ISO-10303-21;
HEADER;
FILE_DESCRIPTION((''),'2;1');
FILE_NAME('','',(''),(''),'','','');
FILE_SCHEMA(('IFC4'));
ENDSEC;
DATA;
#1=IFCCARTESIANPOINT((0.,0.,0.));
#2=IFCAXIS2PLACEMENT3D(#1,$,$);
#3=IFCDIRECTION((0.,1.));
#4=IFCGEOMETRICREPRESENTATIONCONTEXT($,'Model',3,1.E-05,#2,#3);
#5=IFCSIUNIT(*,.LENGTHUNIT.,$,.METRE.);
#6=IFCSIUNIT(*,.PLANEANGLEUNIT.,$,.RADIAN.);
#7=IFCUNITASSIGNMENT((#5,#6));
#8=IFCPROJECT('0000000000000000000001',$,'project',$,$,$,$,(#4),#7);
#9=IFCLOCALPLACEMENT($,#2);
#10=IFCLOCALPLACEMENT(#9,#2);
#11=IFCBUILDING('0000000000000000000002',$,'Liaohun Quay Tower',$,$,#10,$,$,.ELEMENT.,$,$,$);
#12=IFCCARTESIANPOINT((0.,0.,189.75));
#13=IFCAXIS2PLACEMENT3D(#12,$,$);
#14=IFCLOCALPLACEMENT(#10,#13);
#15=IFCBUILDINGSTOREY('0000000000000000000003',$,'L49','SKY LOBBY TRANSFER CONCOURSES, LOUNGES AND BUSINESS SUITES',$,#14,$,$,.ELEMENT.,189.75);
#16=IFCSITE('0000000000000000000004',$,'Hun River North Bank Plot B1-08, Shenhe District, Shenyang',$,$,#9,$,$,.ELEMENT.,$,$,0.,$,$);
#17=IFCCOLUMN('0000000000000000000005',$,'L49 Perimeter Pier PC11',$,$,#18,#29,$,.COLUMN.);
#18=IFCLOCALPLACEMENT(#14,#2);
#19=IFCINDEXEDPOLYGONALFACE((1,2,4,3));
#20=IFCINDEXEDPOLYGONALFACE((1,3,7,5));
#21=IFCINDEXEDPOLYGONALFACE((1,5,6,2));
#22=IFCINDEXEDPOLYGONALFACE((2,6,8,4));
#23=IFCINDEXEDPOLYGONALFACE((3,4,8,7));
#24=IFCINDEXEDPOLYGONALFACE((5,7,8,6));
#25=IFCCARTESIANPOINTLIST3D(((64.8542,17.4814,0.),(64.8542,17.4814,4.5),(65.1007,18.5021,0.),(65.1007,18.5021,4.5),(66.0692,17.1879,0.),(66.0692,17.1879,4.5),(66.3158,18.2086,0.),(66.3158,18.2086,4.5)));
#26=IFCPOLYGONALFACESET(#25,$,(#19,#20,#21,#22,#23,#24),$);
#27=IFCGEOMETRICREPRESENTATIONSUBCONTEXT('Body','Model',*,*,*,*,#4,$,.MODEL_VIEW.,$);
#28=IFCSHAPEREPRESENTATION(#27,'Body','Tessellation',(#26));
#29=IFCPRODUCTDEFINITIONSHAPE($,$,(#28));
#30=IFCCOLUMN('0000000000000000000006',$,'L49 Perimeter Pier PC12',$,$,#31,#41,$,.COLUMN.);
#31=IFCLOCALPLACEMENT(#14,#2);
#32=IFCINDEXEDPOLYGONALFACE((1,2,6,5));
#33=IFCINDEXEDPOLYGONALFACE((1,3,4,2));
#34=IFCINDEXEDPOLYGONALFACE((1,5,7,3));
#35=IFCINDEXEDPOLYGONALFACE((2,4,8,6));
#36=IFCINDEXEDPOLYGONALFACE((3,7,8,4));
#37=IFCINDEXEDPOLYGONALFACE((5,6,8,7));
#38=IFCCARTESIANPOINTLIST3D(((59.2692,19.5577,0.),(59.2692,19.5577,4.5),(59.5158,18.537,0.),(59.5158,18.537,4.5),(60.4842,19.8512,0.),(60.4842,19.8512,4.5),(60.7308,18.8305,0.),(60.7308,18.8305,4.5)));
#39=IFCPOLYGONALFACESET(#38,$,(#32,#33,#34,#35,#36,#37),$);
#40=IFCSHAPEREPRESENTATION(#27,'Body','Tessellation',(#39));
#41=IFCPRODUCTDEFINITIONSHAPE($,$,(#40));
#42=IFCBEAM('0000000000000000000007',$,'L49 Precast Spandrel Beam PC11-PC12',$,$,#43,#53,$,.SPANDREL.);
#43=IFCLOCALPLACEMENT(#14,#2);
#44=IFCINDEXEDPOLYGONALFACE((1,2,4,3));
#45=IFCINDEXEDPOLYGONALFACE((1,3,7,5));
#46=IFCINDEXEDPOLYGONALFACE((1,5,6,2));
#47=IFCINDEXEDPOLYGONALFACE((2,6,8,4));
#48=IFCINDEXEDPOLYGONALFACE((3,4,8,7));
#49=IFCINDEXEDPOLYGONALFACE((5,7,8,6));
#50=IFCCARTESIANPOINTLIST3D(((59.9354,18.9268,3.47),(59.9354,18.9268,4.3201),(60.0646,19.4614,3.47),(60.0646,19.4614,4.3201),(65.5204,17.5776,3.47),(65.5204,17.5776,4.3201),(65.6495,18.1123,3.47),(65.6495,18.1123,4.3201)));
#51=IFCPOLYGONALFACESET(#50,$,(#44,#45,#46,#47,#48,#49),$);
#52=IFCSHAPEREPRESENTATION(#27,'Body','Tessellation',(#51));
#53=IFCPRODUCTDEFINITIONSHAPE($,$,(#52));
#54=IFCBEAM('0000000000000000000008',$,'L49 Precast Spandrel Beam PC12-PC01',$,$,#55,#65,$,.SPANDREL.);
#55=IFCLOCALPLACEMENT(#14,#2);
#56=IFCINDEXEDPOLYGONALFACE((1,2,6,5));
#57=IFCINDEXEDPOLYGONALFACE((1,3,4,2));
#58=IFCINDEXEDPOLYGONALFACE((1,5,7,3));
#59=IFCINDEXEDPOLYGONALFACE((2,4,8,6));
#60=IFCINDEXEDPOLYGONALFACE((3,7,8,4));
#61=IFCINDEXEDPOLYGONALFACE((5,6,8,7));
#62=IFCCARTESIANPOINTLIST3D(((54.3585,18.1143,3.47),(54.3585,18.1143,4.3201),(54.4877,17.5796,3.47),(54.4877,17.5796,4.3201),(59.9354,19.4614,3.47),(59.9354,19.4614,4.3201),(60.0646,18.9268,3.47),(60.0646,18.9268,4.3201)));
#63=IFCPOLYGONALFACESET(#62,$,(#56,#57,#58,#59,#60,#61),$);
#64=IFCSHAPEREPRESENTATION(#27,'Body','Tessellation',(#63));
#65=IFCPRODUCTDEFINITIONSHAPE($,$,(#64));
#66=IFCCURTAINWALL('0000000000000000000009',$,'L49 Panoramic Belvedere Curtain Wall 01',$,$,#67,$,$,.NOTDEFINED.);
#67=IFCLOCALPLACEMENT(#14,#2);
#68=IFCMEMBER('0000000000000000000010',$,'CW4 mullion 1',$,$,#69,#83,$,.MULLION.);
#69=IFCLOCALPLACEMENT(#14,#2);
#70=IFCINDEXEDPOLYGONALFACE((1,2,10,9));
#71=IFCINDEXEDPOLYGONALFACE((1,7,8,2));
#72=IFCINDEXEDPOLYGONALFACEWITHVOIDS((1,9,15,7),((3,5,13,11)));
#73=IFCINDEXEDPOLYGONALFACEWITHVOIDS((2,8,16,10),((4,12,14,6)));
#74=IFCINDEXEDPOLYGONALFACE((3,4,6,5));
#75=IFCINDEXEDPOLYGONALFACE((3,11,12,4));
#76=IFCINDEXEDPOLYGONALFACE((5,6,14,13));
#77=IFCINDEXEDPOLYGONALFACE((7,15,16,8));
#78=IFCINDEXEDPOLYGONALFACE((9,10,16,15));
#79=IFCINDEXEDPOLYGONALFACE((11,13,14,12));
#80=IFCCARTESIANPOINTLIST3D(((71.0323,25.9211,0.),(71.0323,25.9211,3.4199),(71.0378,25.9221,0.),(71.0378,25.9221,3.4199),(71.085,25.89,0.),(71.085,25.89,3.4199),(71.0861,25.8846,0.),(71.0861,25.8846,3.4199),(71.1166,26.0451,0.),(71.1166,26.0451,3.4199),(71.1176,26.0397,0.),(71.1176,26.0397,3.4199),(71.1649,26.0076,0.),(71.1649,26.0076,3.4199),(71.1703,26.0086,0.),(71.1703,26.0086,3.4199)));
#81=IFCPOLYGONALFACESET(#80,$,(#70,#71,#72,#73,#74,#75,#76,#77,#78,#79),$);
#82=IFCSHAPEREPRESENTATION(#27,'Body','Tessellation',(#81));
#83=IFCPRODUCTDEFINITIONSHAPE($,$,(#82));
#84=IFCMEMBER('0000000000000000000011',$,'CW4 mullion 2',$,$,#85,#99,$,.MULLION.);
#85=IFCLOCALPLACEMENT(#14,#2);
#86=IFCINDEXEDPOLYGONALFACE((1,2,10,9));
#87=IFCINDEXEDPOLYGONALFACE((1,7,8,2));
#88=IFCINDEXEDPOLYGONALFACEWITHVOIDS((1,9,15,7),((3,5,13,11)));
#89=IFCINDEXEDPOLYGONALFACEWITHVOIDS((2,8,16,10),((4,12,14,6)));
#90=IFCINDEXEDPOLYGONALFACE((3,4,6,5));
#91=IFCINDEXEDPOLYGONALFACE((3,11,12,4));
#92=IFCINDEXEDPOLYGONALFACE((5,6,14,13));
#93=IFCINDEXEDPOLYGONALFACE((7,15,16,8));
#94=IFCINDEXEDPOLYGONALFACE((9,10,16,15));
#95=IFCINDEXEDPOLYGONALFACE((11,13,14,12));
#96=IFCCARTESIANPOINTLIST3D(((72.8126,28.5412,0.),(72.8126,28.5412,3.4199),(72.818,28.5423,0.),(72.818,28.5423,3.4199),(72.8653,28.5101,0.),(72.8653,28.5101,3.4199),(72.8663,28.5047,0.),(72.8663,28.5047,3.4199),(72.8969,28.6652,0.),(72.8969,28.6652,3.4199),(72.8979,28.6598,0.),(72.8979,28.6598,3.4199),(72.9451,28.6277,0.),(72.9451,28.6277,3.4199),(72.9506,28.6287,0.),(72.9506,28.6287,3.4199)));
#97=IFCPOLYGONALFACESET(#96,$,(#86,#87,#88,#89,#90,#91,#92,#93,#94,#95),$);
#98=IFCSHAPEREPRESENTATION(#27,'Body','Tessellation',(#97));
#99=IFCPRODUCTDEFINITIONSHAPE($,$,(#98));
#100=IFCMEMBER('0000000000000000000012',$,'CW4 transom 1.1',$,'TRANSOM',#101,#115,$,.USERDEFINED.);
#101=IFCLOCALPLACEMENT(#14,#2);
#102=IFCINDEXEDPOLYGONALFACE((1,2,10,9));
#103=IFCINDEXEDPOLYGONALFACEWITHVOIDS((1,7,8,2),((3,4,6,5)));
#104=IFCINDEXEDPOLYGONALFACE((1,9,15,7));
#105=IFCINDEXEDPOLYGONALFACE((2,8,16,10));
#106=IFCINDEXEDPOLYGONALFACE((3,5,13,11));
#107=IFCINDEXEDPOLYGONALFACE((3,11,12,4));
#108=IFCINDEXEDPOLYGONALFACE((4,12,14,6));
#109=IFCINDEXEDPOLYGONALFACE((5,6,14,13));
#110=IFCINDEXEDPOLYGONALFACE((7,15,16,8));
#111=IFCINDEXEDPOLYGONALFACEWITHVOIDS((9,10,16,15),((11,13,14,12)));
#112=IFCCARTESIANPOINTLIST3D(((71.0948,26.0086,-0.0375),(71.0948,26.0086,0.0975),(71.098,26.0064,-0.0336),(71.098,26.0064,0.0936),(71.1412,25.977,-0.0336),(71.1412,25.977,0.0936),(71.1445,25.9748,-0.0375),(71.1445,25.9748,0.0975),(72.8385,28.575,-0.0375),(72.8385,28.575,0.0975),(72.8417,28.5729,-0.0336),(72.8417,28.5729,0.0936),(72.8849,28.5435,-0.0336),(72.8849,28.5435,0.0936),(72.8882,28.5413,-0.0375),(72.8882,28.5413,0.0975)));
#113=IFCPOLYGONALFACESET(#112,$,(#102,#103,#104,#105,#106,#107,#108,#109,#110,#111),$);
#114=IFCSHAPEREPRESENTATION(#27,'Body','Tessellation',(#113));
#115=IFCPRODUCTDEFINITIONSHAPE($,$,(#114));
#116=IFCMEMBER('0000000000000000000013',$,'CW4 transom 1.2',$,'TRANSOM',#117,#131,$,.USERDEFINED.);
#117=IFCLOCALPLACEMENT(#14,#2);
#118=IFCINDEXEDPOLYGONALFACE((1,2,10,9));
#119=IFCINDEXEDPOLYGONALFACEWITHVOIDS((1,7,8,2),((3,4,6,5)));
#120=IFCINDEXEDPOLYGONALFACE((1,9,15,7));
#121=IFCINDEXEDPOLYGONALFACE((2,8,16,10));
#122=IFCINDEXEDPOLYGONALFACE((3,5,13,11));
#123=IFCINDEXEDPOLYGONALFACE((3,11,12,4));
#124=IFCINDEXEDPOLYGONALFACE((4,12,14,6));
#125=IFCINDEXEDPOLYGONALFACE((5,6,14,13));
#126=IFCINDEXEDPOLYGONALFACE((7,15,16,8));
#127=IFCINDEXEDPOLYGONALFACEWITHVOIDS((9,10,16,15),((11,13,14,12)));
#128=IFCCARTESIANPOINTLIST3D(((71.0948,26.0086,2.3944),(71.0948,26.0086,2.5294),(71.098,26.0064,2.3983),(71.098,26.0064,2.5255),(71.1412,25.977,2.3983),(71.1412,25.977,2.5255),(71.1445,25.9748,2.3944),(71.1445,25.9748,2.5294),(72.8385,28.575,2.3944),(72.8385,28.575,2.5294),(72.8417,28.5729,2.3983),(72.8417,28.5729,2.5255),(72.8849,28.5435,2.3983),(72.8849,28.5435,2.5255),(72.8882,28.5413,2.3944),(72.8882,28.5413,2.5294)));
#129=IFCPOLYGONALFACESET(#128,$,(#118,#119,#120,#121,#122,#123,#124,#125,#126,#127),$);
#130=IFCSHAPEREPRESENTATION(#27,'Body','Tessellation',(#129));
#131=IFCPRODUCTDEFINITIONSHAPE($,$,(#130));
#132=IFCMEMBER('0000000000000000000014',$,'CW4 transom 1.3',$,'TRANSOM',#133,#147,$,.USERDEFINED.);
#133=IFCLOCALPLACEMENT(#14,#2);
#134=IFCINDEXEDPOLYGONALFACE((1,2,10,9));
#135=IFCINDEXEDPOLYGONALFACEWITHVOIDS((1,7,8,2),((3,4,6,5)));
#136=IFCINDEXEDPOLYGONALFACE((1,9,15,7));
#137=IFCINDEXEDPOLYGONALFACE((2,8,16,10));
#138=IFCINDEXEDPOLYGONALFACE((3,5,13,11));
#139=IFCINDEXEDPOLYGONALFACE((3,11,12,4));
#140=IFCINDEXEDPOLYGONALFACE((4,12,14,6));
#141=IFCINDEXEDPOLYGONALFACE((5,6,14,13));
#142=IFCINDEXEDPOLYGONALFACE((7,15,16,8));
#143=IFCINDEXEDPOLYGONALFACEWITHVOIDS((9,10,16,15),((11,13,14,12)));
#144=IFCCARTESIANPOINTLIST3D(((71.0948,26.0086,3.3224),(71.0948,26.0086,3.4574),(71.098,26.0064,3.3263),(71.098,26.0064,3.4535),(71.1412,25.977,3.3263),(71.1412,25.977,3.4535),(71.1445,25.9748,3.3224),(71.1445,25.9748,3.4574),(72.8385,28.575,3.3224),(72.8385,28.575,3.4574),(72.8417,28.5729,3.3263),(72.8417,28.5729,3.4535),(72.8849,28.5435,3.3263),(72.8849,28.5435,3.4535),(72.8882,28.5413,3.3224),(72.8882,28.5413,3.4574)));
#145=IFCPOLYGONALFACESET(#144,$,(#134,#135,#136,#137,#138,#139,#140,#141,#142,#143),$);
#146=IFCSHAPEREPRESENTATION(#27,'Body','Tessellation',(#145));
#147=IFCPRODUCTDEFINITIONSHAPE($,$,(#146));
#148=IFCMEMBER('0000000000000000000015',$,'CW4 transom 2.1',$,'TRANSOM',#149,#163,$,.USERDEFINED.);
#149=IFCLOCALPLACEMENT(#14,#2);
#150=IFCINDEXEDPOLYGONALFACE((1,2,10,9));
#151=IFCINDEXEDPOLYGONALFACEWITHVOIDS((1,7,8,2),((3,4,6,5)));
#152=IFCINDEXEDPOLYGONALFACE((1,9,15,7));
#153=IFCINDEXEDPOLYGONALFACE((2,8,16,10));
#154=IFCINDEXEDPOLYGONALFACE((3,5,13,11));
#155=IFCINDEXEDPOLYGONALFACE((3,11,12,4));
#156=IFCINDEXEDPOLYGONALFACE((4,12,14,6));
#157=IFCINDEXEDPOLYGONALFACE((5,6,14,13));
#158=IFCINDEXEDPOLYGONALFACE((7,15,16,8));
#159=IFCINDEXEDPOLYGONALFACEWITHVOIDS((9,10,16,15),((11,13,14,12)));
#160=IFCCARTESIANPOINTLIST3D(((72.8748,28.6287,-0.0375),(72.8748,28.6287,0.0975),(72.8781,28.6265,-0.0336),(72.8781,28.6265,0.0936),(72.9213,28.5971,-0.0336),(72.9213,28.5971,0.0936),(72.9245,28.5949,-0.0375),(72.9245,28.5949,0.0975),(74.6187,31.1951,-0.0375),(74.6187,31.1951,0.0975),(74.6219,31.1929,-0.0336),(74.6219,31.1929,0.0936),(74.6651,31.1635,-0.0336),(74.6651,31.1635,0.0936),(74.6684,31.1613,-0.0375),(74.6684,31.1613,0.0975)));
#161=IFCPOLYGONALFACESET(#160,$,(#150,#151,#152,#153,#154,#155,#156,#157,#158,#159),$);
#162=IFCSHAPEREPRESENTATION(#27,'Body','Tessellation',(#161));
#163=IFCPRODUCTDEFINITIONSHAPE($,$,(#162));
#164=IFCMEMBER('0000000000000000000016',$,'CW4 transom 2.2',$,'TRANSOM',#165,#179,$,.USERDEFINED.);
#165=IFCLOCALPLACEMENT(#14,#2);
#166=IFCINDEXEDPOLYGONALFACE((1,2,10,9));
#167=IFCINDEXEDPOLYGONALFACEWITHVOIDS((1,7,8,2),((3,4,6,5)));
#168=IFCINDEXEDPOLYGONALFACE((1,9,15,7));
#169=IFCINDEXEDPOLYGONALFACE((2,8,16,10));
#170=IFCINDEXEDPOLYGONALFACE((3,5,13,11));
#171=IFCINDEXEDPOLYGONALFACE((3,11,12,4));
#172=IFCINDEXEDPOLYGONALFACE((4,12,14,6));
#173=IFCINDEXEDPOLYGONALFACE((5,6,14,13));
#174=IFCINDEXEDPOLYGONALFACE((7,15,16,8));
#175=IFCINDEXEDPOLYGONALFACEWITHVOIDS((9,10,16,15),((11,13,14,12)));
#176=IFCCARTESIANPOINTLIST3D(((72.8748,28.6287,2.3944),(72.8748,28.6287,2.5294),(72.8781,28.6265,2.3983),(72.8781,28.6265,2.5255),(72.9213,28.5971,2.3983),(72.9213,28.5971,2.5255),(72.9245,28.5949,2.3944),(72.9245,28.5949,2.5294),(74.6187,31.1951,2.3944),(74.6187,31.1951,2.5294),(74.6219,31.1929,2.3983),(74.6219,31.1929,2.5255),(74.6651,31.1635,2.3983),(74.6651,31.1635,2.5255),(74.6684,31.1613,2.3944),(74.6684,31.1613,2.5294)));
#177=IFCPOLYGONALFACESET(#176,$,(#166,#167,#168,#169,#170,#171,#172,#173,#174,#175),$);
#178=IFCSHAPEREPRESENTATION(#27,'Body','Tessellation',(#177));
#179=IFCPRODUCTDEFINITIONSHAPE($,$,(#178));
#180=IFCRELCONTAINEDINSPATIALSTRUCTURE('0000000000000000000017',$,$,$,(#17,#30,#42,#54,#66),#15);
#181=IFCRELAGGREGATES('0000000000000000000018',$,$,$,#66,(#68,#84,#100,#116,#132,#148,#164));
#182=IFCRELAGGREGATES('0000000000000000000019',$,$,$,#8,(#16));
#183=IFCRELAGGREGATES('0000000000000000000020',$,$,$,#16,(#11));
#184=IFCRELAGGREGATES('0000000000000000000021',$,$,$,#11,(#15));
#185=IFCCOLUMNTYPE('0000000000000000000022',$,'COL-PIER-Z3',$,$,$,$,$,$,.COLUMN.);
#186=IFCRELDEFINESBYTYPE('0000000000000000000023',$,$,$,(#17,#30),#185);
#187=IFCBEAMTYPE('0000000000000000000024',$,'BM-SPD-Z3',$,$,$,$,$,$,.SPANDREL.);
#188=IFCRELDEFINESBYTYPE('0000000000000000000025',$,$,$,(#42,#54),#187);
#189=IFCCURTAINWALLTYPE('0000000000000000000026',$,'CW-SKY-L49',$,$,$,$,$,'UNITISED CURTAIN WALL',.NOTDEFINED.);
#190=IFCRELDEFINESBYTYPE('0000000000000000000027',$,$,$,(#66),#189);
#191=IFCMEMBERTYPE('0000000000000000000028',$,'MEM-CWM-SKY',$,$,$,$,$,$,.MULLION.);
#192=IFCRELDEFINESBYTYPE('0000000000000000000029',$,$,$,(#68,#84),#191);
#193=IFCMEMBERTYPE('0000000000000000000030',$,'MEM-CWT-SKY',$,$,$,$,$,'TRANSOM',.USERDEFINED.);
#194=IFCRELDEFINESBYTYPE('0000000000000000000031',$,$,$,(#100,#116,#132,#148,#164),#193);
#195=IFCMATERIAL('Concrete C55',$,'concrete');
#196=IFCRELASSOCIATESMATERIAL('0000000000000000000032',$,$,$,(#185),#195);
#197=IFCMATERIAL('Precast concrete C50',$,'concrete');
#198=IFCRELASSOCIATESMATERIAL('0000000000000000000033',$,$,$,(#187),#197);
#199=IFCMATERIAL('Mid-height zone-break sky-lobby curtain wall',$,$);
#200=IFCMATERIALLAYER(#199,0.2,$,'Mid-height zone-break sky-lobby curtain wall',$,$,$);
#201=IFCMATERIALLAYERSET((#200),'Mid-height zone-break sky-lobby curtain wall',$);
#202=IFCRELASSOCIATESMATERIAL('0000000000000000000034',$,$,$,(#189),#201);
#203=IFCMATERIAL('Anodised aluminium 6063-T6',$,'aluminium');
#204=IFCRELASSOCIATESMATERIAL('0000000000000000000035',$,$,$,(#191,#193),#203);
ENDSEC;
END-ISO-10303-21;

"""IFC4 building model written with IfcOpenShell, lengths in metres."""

from ifc_helpers import new_model, si_unit, direction, frame, origin, origin_2d, place, context, subcontext, project, spatial, rectangle, hollow_rectangle, extrude, source, transform, mapped, material, layer, layer_set, material_profile, profile_set, type_object, element, aggregate, save


model = new_model("IFC4")

# Units and contexts
model_context = context("Model", 3, precision=1e-05, world=origin(), true_north=direction((0.0, 1.0)))
body_context = subcontext(model_context, "Body", "Model", "MODEL_VIEW")
ifc_project = project(units=[si_unit("LENGTHUNIT", "METRE"), si_unit("PLANEANGLEUNIT", "RADIAN")], contexts=[model_context])

# Site, building, storey
site_placement = place(None, origin())
site = spatial("IfcSite", under=ifc_project, at=site_placement, Name="Hun River North Bank Plot B1-08, Shenhe District, Shenyang", CompositionType="ELEMENT", RefElevation=0.0)
building_placement = place(site_placement, origin())
building = spatial("IfcBuilding", under=site, at=building_placement, Name="Liaohun Quay Tower", CompositionType="ELEMENT")
storey_placement = place(building_placement, frame((0.0, 0.0, 189.75)))
storey = spatial("IfcBuildingStorey", under=building, at=storey_placement, Name="L49", Description="SKY LOBBY TRANSFER CONCOURSES, LOUNGES AND BUSINESS SUITES", CompositionType="ELEMENT", Elevation=189.75)

# Columns
ifc_material_1 = material(Name="Concrete C55", Category="concrete")
ifc_material_profile_1 = material_profile(ifc_material_1, rectangle(XDim=1.25, YDim=1.05, at=origin_2d()), Name="RC1250x1050")
ifc_profile_set_1 = profile_set([ifc_material_profile_1], Name="Concrete C55")
column_type = type_object("IfcColumnType", Name="COL-PIER-Z3", PredefinedType="COLUMN", material=ifc_profile_set_1)
shared_shape_1 = source(origin(), body_context, "Body", "SweptSolid", [
    extrude(rectangle(XDim=1.25, YDim=1.05, at=origin_2d()), origin(), (0.0, 0.0, 1.0), 4.5),
])
for number, where, z_axis, x_axis, name in (
    (1, (65.585, 17.845, 0.0), (0.0, 0.0, 1.0), (-0.972043, 0.234803, 0.0), "L49 Perimeter Pier PC11"),
    (2, (60.0, 19.1941, 0.0), (0.0, 0.0, 1.0), (0.972043, 0.234803, 0.0), "L49 Perimeter Pier PC12"),
):
    element("IfcColumn", number, at=place(storey_placement, frame(where, z_axis=z_axis, x_axis=x_axis)), inside=storey, type_object=column_type, Name=name, PredefinedType="COLUMN", context=body_context, shape_type="MappedRepresentation", body=[
        mapped(shared_shape_1, transform((0.0, 0.0, 0.0), x_axis=(1.0, 0.0, 0.0), y_axis=(0.0, 1.0, 0.0), z_axis=(0.0, 0.0, 1.0), scale=1.0)),
    ])

# Beams
ifc_material_2 = material(Name="Precast concrete C50", Category="concrete")
ifc_material_profile_2 = material_profile(ifc_material_2, rectangle(XDim=0.55, YDim=0.8501, at=origin_2d()), Name="RC550x850")
ifc_profile_set_2 = profile_set([ifc_material_profile_2], Name="Precast concrete C50")
beam_type = type_object("IfcBeamType", Name="BM-SPD-Z3", PredefinedType="SPANDREL", material=ifc_profile_set_2)
shared_shape_2 = source(origin(), body_context, "Body", "SweptSolid", [
    extrude(rectangle(XDim=0.55, YDim=0.8501, at=origin_2d()), origin(), (0.0, 0.0, 1.0), 5.7456),
])
beam_1_placement = place(storey_placement, frame((65.585, 17.845, 3.895), z_axis=(-0.972041, 0.234809, 0.0), x_axis=(-0.234809, -0.972041, 0.0)))
element("IfcBeam", 3, at=beam_1_placement, inside=storey, type_object=beam_type, Name="L49 Precast Spandrel Beam PC11-PC12", PredefinedType="SPANDREL", context=body_context, shape_type="MappedRepresentation", body=[
    mapped(shared_shape_2, transform((0.0, 0.0, 0.0), x_axis=(1.0, 0.0, 0.0), y_axis=(0.0, 1.0, 0.0), z_axis=(0.0, 0.0, 1.0), scale=1.0)),
])
shared_shape_3 = source(origin(), body_context, "Body", "SweptSolid", [
    extrude(rectangle(XDim=0.55, YDim=0.8501, at=origin_2d()), origin(), (0.0, 0.0, 1.0), 5.7373),
])
beam_2_placement = place(storey_placement, frame((60.0, 19.1941, 3.895), z_axis=(-0.972042, -0.234808, 0.0), x_axis=(0.234808, -0.972042, 0.0)))
element("IfcBeam", 4, at=beam_2_placement, inside=storey, type_object=beam_type, Name="L49 Precast Spandrel Beam PC12-PC01", PredefinedType="SPANDREL", context=body_context, shape_type="MappedRepresentation", body=[
    mapped(shared_shape_3, transform((0.0, 0.0, 0.0), x_axis=(1.0, 0.0, 0.0), y_axis=(0.0, 1.0, 0.0), z_axis=(0.0, 0.0, 1.0), scale=1.0)),
])

# Curtain wall, members
ifc_material_3 = material(Name="Mid-height zone-break sky-lobby curtain wall")
ifc_layer_1 = layer(ifc_material_3, 0.2, Name="Mid-height zone-break sky-lobby curtain wall")
ifc_layer_set_1 = layer_set([ifc_layer_1], Name="Mid-height zone-break sky-lobby curtain wall")
curtain_wall_type = type_object("IfcCurtainWallType", Name="CW-SKY-L49", ElementType="UNITISED CURTAIN WALL", PredefinedType="NOTDEFINED", material=ifc_layer_set_1)
curtain_wall_placement = place(storey_placement, origin())
curtain_wall = element("IfcCurtainWall", 5, at=curtain_wall_placement, inside=storey, type_object=curtain_wall_type, Name="L49 Panoramic Belvedere Curtain Wall 01", PredefinedType="NOTDEFINED")
ifc_material_4 = material(Name="Anodised aluminium 6063-T6", Category="aluminium")
ifc_material_profile_3 = material_profile(ifc_material_4, hollow_rectangle(XDim=0.0649, YDim=0.1499, WallThickness=0.0039, at=origin_2d()), Name="RHS150x65x4")
ifc_profile_set_3 = profile_set([ifc_material_profile_3], Name="Anodised aluminium 6063-T6")
member_type_1 = type_object("IfcMemberType", Name="MEM-CWM-SKY", PredefinedType="MULLION", material=ifc_profile_set_3)
shared_shape_4 = source(origin(), body_context, "Body", "SweptSolid", [
    extrude(hollow_rectangle(XDim=0.0649, YDim=0.1499, WallThickness=0.0039, at=origin_2d()), origin(), (0.0, 0.0, 1.0), 3.4199),
])
member_1_placement = place(storey_placement, frame((71.1013, 25.9648, 0.0), z_axis=(0.0, 0.0, 1.0), x_axis=(-0.827139, 0.561998, 0.0)))
member_1 = element("IfcMember", 6, at=member_1_placement, type_object=member_type_1, Name="CW4 mullion 1", PredefinedType="MULLION", context=body_context, shape_type="MappedRepresentation", body=[
    mapped(shared_shape_4, transform((0.0, 0.0, 0.0), x_axis=(1.0, 0.0, 0.0), y_axis=(0.0, 1.0, 0.0), z_axis=(0.0, 0.0, 1.0), scale=1.0)),
])
member_2_placement = place(storey_placement, frame((72.8816, 28.585, 0.0), z_axis=(0.0, 0.0, 1.0), x_axis=(-0.827139, 0.561998, 0.0)))
member_2 = element("IfcMember", 7, at=member_2_placement, type_object=member_type_1, Name="CW4 mullion 2", PredefinedType="MULLION", context=body_context, shape_type="MappedRepresentation", body=[
    mapped(shared_shape_4, transform((0.0, 0.0, 0.0), x_axis=(1.0, 0.0, 0.0), y_axis=(0.0, 1.0, 0.0), z_axis=(0.0, 0.0, 1.0), scale=1.0)),
])
ifc_material_profile_4 = material_profile(ifc_material_4, hollow_rectangle(XDim=0.0601, YDim=0.135, WallThickness=0.0039, at=origin_2d()), Name="RHS135x60x4")
ifc_profile_set_4 = profile_set([ifc_material_profile_4], Name="Anodised aluminium 6063-T6")
member_type_2 = type_object("IfcMemberType", Name="MEM-CWT-SKY", ElementType="TRANSOM", PredefinedType="USERDEFINED", material=ifc_profile_set_4)
shared_shape_5 = source(origin(), body_context, "Body", "SweptSolid", [
    extrude(hollow_rectangle(XDim=0.0601, YDim=0.135, WallThickness=0.0039, at=origin_2d()), origin(), (0.0, 0.0, 1.0), 3.1028),
])
member_3_placement = place(storey_placement, frame((71.1196, 25.9917, 0.03), z_axis=(0.561979, 0.827152, 0.0), x_axis=(-0.827152, 0.561979, 0.0)))
member_3 = element("IfcMember", 8, at=member_3_placement, type_object=member_type_2, Name="CW4 transom 1.1", ObjectType="TRANSOM", PredefinedType="USERDEFINED", context=body_context, shape_type="MappedRepresentation", body=[
    mapped(shared_shape_5, transform((0.0, 0.0, 0.0), x_axis=(1.0, 0.0, 0.0), y_axis=(0.0, 1.0, 0.0), z_axis=(0.0, 0.0, 1.0), scale=1.0)),
])
member_4_placement = place(storey_placement, frame((71.1196, 25.9917, 2.4619), z_axis=(0.561979, 0.827152, 0.0), x_axis=(-0.827152, 0.561979, 0.0)))
member_4 = element("IfcMember", 9, at=member_4_placement, type_object=member_type_2, Name="CW4 transom 1.2", ObjectType="TRANSOM", PredefinedType="USERDEFINED", context=body_context, shape_type="MappedRepresentation", body=[
    mapped(shared_shape_5, transform((0.0, 0.0, 0.0), x_axis=(1.0, 0.0, 0.0), y_axis=(0.0, 1.0, 0.0), z_axis=(0.0, 0.0, 1.0), scale=1.0)),
])
member_5_placement = place(storey_placement, frame((71.1196, 25.9917, 3.3899), z_axis=(0.561979, 0.827152, 0.0), x_axis=(-0.827152, 0.561979, 0.0)))
member_5 = element("IfcMember", 10, at=member_5_placement, type_object=member_type_2, Name="CW4 transom 1.3", ObjectType="TRANSOM", PredefinedType="USERDEFINED", context=body_context, shape_type="MappedRepresentation", body=[
    mapped(shared_shape_5, transform((0.0, 0.0, 0.0), x_axis=(1.0, 0.0, 0.0), y_axis=(0.0, 1.0, 0.0), z_axis=(0.0, 0.0, 1.0), scale=1.0)),
])
member_6_placement = place(storey_placement, frame((72.8997, 28.6118, 0.03), z_axis=(0.562032, 0.827115, 0.0), x_axis=(-0.827115, 0.562032, 0.0)))
member_6 = element("IfcMember", 11, at=member_6_placement, type_object=member_type_2, Name="CW4 transom 2.1", ObjectType="TRANSOM", PredefinedType="USERDEFINED", context=body_context, shape_type="MappedRepresentation", body=[
    mapped(shared_shape_5, transform((0.0, 0.0, 0.0), x_axis=(1.0, 0.0, 0.0), y_axis=(0.0, 1.0, 0.0), z_axis=(0.0, 0.0, 1.0), scale=1.0)),
])
member_7_placement = place(storey_placement, frame((72.8997, 28.6118, 2.4619), z_axis=(0.562032, 0.827115, 0.0), x_axis=(-0.827115, 0.562032, 0.0)))
member_7 = element("IfcMember", 12, at=member_7_placement, type_object=member_type_2, Name="CW4 transom 2.2", ObjectType="TRANSOM", PredefinedType="USERDEFINED", context=body_context, shape_type="MappedRepresentation", body=[
    mapped(shared_shape_5, transform((0.0, 0.0, 0.0), x_axis=(1.0, 0.0, 0.0), y_axis=(0.0, 1.0, 0.0), z_axis=(0.0, 0.0, 1.0), scale=1.0)),
])
aggregate(curtain_wall, [member_1, member_2, member_3, member_4, member_5, member_6, member_7])

save(model, "model.ifc")
